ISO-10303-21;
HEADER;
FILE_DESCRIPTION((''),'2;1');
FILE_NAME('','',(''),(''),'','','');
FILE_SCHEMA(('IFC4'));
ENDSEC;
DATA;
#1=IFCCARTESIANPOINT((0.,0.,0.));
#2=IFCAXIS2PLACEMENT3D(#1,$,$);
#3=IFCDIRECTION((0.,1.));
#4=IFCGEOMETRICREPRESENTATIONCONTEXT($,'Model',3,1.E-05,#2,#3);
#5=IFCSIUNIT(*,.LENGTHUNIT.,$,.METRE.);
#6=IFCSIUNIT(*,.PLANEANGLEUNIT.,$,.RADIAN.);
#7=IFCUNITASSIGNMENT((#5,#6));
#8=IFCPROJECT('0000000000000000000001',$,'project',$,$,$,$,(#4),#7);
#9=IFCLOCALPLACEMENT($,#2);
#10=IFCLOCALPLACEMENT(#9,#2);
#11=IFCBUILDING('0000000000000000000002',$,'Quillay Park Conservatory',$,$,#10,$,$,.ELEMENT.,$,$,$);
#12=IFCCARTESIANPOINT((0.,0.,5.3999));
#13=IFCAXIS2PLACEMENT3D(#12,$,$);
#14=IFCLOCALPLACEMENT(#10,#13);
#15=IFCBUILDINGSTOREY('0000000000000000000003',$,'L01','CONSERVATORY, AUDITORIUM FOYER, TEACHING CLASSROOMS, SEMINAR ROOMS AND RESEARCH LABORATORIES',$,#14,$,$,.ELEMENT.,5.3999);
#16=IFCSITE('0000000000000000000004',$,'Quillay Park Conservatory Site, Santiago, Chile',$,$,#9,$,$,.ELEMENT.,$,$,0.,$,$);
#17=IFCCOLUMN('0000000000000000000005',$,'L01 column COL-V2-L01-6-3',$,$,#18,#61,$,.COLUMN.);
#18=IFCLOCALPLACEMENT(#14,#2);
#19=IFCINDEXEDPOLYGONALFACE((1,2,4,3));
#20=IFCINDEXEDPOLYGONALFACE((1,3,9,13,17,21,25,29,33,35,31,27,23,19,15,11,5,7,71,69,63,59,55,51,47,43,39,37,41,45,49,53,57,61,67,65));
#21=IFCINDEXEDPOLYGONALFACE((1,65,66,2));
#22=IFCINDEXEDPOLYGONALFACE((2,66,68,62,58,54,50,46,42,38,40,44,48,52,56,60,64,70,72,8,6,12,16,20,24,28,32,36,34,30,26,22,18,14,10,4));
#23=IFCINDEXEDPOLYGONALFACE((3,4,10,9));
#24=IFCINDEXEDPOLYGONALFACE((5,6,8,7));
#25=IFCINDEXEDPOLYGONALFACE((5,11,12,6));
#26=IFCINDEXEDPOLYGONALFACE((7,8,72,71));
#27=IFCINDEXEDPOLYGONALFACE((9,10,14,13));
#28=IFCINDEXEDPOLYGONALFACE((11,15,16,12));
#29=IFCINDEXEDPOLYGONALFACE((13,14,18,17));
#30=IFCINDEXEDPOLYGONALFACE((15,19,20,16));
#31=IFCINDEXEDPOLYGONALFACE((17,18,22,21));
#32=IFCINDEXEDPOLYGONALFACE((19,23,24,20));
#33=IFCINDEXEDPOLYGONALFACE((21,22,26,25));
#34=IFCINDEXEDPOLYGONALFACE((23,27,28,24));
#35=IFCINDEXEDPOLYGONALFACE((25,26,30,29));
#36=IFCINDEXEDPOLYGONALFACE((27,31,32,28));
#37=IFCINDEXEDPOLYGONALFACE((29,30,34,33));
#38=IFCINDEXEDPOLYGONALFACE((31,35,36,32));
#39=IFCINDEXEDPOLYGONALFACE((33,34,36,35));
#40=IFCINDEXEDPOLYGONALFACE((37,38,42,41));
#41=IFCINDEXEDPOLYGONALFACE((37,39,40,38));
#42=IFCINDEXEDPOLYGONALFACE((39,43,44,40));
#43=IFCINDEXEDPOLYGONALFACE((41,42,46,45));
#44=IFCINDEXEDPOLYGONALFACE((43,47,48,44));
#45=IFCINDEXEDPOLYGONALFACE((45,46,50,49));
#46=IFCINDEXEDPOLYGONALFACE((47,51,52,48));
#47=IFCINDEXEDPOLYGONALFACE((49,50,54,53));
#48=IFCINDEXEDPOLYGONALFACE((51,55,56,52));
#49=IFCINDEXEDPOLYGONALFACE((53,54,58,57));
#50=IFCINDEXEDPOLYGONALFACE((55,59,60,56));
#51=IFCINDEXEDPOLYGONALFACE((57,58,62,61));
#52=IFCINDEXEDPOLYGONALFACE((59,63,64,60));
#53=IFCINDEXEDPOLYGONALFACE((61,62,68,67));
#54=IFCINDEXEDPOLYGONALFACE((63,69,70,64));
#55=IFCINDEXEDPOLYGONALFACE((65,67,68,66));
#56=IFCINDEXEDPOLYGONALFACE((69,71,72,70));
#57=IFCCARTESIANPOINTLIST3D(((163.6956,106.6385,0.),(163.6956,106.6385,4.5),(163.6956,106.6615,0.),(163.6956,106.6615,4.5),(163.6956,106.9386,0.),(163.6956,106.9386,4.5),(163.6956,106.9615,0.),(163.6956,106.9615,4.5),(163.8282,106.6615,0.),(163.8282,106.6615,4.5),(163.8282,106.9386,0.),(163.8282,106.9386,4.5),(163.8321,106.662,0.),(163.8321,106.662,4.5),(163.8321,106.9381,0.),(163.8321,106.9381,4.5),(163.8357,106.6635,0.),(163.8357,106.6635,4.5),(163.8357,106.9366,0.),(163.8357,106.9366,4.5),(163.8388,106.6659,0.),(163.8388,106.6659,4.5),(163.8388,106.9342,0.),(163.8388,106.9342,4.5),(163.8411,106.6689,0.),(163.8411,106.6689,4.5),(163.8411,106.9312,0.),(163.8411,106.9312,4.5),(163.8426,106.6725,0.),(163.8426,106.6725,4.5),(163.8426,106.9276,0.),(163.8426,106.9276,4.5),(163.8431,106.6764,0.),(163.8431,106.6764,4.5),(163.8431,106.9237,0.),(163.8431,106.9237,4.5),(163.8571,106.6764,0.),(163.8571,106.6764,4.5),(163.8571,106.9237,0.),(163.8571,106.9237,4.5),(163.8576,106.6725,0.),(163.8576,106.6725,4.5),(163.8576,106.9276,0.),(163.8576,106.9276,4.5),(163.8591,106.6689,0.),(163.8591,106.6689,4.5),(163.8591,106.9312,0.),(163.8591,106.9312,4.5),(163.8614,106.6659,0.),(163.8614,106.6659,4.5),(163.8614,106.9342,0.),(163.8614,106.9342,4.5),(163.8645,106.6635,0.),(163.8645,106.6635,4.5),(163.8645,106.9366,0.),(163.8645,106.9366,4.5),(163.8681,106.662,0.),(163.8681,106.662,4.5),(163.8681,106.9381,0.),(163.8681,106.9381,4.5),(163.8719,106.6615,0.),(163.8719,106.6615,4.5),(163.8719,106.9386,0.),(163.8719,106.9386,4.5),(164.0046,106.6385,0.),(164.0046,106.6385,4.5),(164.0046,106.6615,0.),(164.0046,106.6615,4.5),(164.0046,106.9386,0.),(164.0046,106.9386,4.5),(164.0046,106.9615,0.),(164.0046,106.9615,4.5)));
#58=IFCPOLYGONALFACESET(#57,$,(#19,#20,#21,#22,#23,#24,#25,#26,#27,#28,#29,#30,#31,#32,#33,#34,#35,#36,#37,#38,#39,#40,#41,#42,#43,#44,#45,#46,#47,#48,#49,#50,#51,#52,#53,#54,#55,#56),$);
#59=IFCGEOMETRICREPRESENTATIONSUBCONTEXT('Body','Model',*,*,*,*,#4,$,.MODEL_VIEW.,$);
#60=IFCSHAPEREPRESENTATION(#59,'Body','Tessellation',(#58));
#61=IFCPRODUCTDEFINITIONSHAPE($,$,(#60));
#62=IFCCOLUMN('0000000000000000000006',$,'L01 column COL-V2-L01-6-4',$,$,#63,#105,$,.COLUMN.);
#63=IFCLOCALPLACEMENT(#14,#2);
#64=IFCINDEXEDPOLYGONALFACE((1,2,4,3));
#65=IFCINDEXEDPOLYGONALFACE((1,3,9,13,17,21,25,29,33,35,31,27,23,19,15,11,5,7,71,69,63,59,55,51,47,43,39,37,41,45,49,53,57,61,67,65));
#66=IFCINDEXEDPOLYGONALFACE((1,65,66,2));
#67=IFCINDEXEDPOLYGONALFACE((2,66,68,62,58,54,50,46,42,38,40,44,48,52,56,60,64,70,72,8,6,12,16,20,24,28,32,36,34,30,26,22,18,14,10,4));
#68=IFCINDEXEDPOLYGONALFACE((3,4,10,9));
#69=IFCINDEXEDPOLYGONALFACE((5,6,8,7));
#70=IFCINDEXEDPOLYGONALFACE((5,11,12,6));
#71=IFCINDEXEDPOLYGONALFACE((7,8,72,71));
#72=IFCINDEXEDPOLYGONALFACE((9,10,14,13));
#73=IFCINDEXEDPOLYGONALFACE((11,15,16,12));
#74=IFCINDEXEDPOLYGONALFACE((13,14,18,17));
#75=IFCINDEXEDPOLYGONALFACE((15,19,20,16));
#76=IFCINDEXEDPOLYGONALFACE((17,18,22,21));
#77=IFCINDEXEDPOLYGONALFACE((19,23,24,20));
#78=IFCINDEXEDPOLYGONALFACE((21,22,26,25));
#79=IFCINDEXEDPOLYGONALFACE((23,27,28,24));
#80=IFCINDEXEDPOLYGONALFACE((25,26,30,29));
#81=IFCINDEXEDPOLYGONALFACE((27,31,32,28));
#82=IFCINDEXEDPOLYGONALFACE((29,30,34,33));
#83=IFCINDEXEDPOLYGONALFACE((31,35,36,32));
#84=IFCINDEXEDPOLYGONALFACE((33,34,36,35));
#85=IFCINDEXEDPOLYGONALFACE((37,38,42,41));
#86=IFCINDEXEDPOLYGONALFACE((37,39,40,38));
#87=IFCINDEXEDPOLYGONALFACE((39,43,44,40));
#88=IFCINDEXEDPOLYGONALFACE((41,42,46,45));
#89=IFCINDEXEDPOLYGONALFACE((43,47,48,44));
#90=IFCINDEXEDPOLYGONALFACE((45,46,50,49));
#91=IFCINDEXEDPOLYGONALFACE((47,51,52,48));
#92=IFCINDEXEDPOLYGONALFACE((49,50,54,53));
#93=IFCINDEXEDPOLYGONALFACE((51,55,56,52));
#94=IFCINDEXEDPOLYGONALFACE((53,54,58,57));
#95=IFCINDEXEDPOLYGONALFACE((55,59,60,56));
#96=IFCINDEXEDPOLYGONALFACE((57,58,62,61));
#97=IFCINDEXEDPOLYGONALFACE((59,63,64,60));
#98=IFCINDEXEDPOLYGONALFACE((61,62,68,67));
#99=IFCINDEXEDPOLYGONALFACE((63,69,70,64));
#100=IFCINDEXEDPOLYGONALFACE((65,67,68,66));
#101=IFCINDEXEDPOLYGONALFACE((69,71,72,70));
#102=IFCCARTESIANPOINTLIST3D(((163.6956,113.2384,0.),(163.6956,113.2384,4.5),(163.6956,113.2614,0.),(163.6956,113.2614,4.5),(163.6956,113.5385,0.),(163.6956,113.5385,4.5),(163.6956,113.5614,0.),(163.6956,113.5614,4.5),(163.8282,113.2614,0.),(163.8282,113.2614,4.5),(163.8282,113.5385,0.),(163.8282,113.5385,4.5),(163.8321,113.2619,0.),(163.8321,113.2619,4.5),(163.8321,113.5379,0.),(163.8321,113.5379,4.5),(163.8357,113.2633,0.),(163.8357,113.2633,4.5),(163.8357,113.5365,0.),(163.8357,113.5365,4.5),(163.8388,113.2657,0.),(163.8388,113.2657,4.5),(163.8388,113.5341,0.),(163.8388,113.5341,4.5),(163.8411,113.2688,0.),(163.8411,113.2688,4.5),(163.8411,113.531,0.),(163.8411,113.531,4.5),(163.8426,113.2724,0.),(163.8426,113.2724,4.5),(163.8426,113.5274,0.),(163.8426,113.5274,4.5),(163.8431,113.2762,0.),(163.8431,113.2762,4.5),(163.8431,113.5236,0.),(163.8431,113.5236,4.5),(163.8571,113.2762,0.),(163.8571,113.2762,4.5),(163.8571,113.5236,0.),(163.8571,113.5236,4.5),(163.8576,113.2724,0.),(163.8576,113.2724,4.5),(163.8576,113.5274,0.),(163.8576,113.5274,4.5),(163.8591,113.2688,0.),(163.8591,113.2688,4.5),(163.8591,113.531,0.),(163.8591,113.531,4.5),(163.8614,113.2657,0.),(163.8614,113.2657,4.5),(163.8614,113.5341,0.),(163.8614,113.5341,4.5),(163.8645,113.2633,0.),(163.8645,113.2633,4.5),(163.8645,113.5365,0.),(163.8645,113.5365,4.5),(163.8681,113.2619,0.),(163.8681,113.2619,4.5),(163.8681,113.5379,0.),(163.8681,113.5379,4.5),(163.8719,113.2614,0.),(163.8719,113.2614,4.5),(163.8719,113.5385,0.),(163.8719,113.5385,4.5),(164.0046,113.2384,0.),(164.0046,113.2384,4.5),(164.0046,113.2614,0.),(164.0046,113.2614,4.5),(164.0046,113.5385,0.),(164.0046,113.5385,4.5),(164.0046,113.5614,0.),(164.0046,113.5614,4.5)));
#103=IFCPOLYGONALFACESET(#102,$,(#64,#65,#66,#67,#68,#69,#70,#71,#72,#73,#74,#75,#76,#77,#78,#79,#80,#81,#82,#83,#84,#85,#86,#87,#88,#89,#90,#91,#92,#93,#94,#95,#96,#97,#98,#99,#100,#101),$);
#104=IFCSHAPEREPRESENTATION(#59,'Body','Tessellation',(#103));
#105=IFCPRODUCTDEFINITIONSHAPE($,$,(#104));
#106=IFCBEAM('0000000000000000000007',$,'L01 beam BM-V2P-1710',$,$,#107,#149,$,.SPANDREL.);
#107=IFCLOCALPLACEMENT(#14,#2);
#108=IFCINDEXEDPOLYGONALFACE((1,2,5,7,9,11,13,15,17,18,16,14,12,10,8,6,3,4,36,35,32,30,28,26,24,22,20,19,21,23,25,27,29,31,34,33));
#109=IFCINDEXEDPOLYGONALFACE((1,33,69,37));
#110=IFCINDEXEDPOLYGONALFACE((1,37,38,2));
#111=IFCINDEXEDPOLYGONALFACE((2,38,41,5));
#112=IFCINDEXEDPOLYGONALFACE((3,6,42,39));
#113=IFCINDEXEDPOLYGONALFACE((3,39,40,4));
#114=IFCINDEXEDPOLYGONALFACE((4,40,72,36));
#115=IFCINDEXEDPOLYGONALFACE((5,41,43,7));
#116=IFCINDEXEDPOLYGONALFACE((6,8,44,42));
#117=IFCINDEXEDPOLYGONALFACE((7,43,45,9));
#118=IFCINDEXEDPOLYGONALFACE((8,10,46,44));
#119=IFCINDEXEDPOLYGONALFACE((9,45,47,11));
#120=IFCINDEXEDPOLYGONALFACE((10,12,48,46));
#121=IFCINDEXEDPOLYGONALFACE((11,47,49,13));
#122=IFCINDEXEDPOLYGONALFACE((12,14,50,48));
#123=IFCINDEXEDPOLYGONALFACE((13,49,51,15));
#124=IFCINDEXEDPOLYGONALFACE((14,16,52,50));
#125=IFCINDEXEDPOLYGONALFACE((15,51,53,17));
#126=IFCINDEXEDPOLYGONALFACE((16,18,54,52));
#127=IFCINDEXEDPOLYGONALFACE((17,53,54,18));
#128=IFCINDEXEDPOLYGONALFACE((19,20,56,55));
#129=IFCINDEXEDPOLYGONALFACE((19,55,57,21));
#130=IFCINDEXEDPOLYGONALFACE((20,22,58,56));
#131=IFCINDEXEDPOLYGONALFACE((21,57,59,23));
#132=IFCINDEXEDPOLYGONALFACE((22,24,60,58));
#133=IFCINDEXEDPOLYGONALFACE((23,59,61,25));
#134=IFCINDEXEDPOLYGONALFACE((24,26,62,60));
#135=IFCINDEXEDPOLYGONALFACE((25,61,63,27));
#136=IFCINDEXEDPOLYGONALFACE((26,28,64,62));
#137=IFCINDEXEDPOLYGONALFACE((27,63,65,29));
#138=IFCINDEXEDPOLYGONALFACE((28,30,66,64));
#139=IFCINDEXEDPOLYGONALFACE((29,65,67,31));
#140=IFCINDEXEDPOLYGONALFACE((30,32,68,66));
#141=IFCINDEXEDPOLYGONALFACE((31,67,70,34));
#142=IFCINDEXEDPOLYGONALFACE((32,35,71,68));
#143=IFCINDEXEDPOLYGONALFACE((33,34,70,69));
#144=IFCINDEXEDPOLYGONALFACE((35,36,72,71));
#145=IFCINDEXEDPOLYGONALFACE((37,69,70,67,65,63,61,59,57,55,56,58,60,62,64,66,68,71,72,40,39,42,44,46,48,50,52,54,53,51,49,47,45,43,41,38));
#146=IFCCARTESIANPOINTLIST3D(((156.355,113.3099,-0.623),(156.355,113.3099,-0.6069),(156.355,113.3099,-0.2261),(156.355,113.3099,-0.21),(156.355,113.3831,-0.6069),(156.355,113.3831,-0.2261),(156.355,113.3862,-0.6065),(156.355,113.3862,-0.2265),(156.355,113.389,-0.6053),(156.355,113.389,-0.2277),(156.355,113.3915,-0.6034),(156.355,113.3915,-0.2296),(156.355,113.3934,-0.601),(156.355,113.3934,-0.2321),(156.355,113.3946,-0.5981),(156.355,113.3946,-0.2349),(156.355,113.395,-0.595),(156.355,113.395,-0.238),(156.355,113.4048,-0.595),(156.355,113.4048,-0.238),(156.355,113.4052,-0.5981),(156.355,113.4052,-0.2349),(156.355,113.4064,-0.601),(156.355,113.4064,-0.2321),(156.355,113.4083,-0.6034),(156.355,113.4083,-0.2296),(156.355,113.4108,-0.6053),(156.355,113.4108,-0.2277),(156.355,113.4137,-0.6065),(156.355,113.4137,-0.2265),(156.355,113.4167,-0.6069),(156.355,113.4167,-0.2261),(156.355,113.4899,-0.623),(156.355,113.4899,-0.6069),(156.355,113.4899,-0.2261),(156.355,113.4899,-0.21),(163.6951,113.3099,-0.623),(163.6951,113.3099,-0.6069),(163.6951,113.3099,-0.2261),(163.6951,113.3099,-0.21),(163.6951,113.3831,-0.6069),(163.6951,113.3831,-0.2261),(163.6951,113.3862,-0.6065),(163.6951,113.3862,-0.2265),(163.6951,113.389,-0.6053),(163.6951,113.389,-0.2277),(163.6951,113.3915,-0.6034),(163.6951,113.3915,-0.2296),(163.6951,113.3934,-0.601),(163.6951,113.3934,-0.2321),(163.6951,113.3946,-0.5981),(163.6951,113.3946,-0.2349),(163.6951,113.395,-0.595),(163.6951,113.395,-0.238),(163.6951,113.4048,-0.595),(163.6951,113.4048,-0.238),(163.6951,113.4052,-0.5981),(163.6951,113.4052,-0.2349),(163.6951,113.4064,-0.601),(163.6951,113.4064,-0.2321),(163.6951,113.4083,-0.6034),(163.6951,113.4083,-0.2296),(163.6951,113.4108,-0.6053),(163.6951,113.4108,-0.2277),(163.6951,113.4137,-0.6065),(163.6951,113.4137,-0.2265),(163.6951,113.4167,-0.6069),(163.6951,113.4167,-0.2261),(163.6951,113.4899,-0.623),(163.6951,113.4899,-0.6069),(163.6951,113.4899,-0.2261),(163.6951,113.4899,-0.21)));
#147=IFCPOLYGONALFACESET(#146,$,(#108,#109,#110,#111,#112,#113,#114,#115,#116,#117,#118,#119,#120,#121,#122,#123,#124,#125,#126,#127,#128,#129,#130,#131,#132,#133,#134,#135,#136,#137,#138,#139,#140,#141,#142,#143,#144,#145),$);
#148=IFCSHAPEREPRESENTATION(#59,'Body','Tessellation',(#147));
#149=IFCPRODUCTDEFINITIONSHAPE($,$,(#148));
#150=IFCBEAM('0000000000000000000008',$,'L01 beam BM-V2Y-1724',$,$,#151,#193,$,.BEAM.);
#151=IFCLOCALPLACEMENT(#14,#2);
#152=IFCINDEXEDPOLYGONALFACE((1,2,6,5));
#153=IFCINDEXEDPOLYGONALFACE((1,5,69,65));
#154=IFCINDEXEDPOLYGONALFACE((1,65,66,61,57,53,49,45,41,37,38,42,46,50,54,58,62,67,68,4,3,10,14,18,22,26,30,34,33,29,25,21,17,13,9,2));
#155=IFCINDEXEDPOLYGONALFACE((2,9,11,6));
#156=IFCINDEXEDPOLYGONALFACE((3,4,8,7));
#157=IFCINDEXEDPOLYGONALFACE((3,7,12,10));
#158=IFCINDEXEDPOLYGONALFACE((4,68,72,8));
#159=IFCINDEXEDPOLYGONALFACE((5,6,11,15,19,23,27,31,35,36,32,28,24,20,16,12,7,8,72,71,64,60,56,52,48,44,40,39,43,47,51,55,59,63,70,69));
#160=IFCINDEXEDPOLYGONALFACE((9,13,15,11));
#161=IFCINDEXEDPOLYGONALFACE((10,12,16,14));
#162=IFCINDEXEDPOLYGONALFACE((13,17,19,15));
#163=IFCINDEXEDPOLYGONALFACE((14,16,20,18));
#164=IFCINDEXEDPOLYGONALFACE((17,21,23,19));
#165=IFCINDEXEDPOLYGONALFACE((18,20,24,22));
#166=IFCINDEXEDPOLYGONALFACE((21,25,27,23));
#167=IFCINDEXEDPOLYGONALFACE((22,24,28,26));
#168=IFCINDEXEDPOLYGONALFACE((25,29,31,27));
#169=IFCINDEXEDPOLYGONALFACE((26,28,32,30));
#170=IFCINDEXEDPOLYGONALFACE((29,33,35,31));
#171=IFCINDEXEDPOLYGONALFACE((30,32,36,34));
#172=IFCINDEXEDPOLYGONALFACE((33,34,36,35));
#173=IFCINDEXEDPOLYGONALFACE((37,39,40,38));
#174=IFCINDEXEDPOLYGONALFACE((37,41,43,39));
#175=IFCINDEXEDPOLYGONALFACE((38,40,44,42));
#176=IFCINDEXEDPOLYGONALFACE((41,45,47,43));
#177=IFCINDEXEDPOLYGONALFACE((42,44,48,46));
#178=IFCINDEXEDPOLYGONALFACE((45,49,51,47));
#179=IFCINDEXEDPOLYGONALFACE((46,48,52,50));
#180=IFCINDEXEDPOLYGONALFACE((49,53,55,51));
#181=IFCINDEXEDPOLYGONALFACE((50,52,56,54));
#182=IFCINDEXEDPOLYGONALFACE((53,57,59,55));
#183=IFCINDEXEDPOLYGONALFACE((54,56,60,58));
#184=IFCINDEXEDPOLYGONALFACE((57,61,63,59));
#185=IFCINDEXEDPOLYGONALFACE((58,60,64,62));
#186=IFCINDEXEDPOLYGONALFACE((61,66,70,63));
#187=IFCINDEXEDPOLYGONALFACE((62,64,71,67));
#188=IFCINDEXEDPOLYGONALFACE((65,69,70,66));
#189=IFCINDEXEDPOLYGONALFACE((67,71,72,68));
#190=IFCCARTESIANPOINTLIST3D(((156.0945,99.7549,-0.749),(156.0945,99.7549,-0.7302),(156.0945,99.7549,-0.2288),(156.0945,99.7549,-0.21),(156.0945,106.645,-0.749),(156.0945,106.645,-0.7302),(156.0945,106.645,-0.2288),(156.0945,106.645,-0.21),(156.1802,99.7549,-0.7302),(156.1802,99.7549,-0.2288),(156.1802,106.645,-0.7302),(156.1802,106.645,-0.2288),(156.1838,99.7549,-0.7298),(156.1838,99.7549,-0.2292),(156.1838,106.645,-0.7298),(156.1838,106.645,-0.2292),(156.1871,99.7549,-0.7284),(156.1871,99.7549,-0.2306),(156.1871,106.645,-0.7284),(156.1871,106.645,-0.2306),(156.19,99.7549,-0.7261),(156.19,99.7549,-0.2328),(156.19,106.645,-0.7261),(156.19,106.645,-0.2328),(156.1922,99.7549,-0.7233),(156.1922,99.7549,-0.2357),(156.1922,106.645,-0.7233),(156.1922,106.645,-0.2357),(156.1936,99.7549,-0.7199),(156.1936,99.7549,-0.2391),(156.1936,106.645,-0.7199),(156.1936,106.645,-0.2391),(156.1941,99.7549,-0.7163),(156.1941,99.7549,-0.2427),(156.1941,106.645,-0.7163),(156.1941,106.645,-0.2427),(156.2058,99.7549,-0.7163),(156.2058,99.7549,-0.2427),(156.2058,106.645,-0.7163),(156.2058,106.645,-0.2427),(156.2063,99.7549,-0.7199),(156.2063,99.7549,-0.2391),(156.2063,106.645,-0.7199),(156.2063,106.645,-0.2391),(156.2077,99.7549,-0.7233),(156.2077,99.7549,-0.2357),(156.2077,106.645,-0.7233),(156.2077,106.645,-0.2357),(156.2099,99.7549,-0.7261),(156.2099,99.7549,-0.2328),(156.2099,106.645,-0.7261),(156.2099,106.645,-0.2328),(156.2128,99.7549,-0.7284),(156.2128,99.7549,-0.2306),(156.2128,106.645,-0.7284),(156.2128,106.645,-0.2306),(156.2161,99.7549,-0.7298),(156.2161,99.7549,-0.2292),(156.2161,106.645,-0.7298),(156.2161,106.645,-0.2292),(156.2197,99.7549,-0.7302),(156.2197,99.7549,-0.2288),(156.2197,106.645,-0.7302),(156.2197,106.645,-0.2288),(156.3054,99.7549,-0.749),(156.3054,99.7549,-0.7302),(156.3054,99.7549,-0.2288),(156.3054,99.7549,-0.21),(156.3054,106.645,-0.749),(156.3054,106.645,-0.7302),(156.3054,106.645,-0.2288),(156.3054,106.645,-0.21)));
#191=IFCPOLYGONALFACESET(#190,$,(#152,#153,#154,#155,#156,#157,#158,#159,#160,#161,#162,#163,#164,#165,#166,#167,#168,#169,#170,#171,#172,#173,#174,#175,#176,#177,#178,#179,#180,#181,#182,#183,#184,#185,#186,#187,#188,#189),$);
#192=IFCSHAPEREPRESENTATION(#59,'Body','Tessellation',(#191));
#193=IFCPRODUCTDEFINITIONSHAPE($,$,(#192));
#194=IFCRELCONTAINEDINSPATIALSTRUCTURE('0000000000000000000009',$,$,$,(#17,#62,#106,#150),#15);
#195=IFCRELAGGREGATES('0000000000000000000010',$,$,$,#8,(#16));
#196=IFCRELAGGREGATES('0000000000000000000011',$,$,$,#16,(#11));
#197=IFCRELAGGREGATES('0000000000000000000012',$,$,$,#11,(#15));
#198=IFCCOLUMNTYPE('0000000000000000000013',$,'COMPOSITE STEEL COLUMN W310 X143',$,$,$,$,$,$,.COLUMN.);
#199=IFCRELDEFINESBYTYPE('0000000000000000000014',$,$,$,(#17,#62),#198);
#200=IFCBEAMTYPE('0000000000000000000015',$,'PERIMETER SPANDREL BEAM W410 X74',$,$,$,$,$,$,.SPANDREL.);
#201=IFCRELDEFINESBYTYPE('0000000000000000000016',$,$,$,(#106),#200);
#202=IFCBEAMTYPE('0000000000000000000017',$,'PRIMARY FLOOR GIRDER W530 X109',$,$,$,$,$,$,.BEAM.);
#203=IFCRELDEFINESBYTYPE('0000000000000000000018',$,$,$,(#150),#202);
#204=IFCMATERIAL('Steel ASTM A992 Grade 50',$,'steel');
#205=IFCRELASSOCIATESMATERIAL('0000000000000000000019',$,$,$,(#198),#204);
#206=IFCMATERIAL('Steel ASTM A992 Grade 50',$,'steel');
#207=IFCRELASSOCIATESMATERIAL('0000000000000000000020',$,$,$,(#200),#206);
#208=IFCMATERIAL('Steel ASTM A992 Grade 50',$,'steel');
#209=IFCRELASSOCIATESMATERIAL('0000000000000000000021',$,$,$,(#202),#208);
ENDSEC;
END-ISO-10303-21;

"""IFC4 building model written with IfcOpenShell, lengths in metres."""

from ifc_helpers import new_model, si_unit, direction, frame, origin, origin_2d, place, context, subcontext, project, spatial, i_section, extrude, material, material_profile, profile_set, type_object, element, save


model = new_model("IFC4")

# Units and contexts
model_context = context("Model", 3, precision=1e-05, world=origin(), true_north=direction((0.0, 1.0)))
body_context = subcontext(model_context, "Body", "Model", "MODEL_VIEW")
ifc_project = project(units=[si_unit("LENGTHUNIT", "METRE"), si_unit("PLANEANGLEUNIT", "RADIAN")], contexts=[model_context])

# Site, building, storey
site_placement = place(None, origin())
site = spatial("IfcSite", under=ifc_project, at=site_placement, Name="Quillay Park Conservatory Site, Santiago, Chile", CompositionType="ELEMENT", RefElevation=0.0)
building_placement = place(site_placement, origin())
building = spatial("IfcBuilding", under=site, at=building_placement, Name="Quillay Park Conservatory", CompositionType="ELEMENT")
storey_placement = place(building_placement, frame((0.0, 0.0, 5.3999)))
storey = spatial("IfcBuildingStorey", under=building, at=storey_placement, Name="L01", Description="CONSERVATORY, AUDITORIUM FOYER, TEACHING CLASSROOMS, SEMINAR ROOMS AND RESEARCH LABORATORIES", CompositionType="ELEMENT", Elevation=5.3999)

# Columns
ifc_material_1 = material(Name="Steel ASTM A992 Grade 50", Category="steel")
ifc_material_profile_1 = material_profile(ifc_material_1, i_section(OverallWidth=0.3091, OverallDepth=0.323, WebThickness=0.0139, FlangeThickness=0.0229, FilletRadius=0.0149, at=origin_2d()), Name="W310x143")
ifc_profile_set_1 = profile_set([ifc_material_profile_1], Name="Steel ASTM A992 Grade 50")
column_type = type_object("IfcColumnType", Name="COMPOSITE STEEL COLUMN W310 X143", PredefinedType="COLUMN", material=ifc_profile_set_1)
for number, where, z_axis, x_axis, name in (
    (1, (163.8501, 106.8, 0.0), (0.0, 0.0, 1.0), (1.0, 0.0, 0.0), "L01 column COL-V2-L01-6-3"),
    (2, (163.8501, 113.3999, 0.0), (0.0, 0.0, 1.0), (1.0, 0.0, 0.0), "L01 column COL-V2-L01-6-4"),
):
    element("IfcColumn", number, at=place(storey_placement, frame(where, z_axis=z_axis, x_axis=x_axis)), inside=storey, type_object=column_type, Name=name, PredefinedType="COLUMN", context=body_context, shape_type="SweptSolid", body=[
        extrude(i_section(OverallWidth=0.3091, OverallDepth=0.323, WebThickness=0.0139, FlangeThickness=0.0229, FilletRadius=0.0149, at=origin_2d()), origin(), (0.0, 0.0, 1.0), 4.5),
    ])

# Beams
ifc_material_2 = material(Name="Steel ASTM A992 Grade 50", Category="steel")
ifc_material_profile_2 = material_profile(ifc_material_2, i_section(OverallWidth=0.1799, OverallDepth=0.4131, WebThickness=0.0098, FlangeThickness=0.0161, FilletRadius=0.012, at=origin_2d()), Name="W410x74")
ifc_profile_set_2 = profile_set([ifc_material_profile_2], Name="Steel ASTM A992 Grade 50")
beam_type_1 = type_object("IfcBeamType", Name="PERIMETER SPANDREL BEAM W410 X74", PredefinedType="SPANDREL", material=ifc_profile_set_2)
beam_1_placement = place(storey_placement, frame((156.355, 113.3999, -0.4165), z_axis=(1.0, 0.0, 0.0), x_axis=(0.0, 1.0, 0.0)))
element("IfcBeam", 3, at=beam_1_placement, inside=storey, type_object=beam_type_1, Name="L01 beam BM-V2P-1710", PredefinedType="SPANDREL", context=body_context, shape_type="SweptSolid", body=[
    extrude(i_section(OverallWidth=0.1799, OverallDepth=0.4131, WebThickness=0.0098, FlangeThickness=0.0161, FilletRadius=0.012, at=origin_2d()), origin(), (0.0, 0.0, 1.0), 7.3401),
])
ifc_material_3 = material(Name="Steel ASTM A992 Grade 50", Category="steel")
ifc_material_profile_3 = material_profile(ifc_material_3, i_section(OverallWidth=0.2109, OverallDepth=0.5391, WebThickness=0.0117, FlangeThickness=0.0188, FilletRadius=0.0139, at=origin_2d()), Name="W530x109")
ifc_profile_set_3 = profile_set([ifc_material_profile_3], Name="Steel ASTM A992 Grade 50")
beam_type_2 = type_object("IfcBeamType", Name="PRIMARY FLOOR GIRDER W530 X109", PredefinedType="BEAM", material=ifc_profile_set_3)
beam_2_placement = place(storey_placement, frame((156.2, 99.7549, -0.4795), z_axis=(0.0, 1.0, 0.0), x_axis=(-1.0, 0.0, 0.0)))
element("IfcBeam", 4, at=beam_2_placement, inside=storey, type_object=beam_type_2, Name="L01 beam BM-V2Y-1724", PredefinedType="BEAM", context=body_context, shape_type="SweptSolid", body=[
    extrude(i_section(OverallWidth=0.2109, OverallDepth=0.5391, WebThickness=0.0117, FlangeThickness=0.0188, FilletRadius=0.0139, at=origin_2d()), origin(), (0.0, 0.0, 1.0), 6.8901),
])

save(model, "model.ifc")
